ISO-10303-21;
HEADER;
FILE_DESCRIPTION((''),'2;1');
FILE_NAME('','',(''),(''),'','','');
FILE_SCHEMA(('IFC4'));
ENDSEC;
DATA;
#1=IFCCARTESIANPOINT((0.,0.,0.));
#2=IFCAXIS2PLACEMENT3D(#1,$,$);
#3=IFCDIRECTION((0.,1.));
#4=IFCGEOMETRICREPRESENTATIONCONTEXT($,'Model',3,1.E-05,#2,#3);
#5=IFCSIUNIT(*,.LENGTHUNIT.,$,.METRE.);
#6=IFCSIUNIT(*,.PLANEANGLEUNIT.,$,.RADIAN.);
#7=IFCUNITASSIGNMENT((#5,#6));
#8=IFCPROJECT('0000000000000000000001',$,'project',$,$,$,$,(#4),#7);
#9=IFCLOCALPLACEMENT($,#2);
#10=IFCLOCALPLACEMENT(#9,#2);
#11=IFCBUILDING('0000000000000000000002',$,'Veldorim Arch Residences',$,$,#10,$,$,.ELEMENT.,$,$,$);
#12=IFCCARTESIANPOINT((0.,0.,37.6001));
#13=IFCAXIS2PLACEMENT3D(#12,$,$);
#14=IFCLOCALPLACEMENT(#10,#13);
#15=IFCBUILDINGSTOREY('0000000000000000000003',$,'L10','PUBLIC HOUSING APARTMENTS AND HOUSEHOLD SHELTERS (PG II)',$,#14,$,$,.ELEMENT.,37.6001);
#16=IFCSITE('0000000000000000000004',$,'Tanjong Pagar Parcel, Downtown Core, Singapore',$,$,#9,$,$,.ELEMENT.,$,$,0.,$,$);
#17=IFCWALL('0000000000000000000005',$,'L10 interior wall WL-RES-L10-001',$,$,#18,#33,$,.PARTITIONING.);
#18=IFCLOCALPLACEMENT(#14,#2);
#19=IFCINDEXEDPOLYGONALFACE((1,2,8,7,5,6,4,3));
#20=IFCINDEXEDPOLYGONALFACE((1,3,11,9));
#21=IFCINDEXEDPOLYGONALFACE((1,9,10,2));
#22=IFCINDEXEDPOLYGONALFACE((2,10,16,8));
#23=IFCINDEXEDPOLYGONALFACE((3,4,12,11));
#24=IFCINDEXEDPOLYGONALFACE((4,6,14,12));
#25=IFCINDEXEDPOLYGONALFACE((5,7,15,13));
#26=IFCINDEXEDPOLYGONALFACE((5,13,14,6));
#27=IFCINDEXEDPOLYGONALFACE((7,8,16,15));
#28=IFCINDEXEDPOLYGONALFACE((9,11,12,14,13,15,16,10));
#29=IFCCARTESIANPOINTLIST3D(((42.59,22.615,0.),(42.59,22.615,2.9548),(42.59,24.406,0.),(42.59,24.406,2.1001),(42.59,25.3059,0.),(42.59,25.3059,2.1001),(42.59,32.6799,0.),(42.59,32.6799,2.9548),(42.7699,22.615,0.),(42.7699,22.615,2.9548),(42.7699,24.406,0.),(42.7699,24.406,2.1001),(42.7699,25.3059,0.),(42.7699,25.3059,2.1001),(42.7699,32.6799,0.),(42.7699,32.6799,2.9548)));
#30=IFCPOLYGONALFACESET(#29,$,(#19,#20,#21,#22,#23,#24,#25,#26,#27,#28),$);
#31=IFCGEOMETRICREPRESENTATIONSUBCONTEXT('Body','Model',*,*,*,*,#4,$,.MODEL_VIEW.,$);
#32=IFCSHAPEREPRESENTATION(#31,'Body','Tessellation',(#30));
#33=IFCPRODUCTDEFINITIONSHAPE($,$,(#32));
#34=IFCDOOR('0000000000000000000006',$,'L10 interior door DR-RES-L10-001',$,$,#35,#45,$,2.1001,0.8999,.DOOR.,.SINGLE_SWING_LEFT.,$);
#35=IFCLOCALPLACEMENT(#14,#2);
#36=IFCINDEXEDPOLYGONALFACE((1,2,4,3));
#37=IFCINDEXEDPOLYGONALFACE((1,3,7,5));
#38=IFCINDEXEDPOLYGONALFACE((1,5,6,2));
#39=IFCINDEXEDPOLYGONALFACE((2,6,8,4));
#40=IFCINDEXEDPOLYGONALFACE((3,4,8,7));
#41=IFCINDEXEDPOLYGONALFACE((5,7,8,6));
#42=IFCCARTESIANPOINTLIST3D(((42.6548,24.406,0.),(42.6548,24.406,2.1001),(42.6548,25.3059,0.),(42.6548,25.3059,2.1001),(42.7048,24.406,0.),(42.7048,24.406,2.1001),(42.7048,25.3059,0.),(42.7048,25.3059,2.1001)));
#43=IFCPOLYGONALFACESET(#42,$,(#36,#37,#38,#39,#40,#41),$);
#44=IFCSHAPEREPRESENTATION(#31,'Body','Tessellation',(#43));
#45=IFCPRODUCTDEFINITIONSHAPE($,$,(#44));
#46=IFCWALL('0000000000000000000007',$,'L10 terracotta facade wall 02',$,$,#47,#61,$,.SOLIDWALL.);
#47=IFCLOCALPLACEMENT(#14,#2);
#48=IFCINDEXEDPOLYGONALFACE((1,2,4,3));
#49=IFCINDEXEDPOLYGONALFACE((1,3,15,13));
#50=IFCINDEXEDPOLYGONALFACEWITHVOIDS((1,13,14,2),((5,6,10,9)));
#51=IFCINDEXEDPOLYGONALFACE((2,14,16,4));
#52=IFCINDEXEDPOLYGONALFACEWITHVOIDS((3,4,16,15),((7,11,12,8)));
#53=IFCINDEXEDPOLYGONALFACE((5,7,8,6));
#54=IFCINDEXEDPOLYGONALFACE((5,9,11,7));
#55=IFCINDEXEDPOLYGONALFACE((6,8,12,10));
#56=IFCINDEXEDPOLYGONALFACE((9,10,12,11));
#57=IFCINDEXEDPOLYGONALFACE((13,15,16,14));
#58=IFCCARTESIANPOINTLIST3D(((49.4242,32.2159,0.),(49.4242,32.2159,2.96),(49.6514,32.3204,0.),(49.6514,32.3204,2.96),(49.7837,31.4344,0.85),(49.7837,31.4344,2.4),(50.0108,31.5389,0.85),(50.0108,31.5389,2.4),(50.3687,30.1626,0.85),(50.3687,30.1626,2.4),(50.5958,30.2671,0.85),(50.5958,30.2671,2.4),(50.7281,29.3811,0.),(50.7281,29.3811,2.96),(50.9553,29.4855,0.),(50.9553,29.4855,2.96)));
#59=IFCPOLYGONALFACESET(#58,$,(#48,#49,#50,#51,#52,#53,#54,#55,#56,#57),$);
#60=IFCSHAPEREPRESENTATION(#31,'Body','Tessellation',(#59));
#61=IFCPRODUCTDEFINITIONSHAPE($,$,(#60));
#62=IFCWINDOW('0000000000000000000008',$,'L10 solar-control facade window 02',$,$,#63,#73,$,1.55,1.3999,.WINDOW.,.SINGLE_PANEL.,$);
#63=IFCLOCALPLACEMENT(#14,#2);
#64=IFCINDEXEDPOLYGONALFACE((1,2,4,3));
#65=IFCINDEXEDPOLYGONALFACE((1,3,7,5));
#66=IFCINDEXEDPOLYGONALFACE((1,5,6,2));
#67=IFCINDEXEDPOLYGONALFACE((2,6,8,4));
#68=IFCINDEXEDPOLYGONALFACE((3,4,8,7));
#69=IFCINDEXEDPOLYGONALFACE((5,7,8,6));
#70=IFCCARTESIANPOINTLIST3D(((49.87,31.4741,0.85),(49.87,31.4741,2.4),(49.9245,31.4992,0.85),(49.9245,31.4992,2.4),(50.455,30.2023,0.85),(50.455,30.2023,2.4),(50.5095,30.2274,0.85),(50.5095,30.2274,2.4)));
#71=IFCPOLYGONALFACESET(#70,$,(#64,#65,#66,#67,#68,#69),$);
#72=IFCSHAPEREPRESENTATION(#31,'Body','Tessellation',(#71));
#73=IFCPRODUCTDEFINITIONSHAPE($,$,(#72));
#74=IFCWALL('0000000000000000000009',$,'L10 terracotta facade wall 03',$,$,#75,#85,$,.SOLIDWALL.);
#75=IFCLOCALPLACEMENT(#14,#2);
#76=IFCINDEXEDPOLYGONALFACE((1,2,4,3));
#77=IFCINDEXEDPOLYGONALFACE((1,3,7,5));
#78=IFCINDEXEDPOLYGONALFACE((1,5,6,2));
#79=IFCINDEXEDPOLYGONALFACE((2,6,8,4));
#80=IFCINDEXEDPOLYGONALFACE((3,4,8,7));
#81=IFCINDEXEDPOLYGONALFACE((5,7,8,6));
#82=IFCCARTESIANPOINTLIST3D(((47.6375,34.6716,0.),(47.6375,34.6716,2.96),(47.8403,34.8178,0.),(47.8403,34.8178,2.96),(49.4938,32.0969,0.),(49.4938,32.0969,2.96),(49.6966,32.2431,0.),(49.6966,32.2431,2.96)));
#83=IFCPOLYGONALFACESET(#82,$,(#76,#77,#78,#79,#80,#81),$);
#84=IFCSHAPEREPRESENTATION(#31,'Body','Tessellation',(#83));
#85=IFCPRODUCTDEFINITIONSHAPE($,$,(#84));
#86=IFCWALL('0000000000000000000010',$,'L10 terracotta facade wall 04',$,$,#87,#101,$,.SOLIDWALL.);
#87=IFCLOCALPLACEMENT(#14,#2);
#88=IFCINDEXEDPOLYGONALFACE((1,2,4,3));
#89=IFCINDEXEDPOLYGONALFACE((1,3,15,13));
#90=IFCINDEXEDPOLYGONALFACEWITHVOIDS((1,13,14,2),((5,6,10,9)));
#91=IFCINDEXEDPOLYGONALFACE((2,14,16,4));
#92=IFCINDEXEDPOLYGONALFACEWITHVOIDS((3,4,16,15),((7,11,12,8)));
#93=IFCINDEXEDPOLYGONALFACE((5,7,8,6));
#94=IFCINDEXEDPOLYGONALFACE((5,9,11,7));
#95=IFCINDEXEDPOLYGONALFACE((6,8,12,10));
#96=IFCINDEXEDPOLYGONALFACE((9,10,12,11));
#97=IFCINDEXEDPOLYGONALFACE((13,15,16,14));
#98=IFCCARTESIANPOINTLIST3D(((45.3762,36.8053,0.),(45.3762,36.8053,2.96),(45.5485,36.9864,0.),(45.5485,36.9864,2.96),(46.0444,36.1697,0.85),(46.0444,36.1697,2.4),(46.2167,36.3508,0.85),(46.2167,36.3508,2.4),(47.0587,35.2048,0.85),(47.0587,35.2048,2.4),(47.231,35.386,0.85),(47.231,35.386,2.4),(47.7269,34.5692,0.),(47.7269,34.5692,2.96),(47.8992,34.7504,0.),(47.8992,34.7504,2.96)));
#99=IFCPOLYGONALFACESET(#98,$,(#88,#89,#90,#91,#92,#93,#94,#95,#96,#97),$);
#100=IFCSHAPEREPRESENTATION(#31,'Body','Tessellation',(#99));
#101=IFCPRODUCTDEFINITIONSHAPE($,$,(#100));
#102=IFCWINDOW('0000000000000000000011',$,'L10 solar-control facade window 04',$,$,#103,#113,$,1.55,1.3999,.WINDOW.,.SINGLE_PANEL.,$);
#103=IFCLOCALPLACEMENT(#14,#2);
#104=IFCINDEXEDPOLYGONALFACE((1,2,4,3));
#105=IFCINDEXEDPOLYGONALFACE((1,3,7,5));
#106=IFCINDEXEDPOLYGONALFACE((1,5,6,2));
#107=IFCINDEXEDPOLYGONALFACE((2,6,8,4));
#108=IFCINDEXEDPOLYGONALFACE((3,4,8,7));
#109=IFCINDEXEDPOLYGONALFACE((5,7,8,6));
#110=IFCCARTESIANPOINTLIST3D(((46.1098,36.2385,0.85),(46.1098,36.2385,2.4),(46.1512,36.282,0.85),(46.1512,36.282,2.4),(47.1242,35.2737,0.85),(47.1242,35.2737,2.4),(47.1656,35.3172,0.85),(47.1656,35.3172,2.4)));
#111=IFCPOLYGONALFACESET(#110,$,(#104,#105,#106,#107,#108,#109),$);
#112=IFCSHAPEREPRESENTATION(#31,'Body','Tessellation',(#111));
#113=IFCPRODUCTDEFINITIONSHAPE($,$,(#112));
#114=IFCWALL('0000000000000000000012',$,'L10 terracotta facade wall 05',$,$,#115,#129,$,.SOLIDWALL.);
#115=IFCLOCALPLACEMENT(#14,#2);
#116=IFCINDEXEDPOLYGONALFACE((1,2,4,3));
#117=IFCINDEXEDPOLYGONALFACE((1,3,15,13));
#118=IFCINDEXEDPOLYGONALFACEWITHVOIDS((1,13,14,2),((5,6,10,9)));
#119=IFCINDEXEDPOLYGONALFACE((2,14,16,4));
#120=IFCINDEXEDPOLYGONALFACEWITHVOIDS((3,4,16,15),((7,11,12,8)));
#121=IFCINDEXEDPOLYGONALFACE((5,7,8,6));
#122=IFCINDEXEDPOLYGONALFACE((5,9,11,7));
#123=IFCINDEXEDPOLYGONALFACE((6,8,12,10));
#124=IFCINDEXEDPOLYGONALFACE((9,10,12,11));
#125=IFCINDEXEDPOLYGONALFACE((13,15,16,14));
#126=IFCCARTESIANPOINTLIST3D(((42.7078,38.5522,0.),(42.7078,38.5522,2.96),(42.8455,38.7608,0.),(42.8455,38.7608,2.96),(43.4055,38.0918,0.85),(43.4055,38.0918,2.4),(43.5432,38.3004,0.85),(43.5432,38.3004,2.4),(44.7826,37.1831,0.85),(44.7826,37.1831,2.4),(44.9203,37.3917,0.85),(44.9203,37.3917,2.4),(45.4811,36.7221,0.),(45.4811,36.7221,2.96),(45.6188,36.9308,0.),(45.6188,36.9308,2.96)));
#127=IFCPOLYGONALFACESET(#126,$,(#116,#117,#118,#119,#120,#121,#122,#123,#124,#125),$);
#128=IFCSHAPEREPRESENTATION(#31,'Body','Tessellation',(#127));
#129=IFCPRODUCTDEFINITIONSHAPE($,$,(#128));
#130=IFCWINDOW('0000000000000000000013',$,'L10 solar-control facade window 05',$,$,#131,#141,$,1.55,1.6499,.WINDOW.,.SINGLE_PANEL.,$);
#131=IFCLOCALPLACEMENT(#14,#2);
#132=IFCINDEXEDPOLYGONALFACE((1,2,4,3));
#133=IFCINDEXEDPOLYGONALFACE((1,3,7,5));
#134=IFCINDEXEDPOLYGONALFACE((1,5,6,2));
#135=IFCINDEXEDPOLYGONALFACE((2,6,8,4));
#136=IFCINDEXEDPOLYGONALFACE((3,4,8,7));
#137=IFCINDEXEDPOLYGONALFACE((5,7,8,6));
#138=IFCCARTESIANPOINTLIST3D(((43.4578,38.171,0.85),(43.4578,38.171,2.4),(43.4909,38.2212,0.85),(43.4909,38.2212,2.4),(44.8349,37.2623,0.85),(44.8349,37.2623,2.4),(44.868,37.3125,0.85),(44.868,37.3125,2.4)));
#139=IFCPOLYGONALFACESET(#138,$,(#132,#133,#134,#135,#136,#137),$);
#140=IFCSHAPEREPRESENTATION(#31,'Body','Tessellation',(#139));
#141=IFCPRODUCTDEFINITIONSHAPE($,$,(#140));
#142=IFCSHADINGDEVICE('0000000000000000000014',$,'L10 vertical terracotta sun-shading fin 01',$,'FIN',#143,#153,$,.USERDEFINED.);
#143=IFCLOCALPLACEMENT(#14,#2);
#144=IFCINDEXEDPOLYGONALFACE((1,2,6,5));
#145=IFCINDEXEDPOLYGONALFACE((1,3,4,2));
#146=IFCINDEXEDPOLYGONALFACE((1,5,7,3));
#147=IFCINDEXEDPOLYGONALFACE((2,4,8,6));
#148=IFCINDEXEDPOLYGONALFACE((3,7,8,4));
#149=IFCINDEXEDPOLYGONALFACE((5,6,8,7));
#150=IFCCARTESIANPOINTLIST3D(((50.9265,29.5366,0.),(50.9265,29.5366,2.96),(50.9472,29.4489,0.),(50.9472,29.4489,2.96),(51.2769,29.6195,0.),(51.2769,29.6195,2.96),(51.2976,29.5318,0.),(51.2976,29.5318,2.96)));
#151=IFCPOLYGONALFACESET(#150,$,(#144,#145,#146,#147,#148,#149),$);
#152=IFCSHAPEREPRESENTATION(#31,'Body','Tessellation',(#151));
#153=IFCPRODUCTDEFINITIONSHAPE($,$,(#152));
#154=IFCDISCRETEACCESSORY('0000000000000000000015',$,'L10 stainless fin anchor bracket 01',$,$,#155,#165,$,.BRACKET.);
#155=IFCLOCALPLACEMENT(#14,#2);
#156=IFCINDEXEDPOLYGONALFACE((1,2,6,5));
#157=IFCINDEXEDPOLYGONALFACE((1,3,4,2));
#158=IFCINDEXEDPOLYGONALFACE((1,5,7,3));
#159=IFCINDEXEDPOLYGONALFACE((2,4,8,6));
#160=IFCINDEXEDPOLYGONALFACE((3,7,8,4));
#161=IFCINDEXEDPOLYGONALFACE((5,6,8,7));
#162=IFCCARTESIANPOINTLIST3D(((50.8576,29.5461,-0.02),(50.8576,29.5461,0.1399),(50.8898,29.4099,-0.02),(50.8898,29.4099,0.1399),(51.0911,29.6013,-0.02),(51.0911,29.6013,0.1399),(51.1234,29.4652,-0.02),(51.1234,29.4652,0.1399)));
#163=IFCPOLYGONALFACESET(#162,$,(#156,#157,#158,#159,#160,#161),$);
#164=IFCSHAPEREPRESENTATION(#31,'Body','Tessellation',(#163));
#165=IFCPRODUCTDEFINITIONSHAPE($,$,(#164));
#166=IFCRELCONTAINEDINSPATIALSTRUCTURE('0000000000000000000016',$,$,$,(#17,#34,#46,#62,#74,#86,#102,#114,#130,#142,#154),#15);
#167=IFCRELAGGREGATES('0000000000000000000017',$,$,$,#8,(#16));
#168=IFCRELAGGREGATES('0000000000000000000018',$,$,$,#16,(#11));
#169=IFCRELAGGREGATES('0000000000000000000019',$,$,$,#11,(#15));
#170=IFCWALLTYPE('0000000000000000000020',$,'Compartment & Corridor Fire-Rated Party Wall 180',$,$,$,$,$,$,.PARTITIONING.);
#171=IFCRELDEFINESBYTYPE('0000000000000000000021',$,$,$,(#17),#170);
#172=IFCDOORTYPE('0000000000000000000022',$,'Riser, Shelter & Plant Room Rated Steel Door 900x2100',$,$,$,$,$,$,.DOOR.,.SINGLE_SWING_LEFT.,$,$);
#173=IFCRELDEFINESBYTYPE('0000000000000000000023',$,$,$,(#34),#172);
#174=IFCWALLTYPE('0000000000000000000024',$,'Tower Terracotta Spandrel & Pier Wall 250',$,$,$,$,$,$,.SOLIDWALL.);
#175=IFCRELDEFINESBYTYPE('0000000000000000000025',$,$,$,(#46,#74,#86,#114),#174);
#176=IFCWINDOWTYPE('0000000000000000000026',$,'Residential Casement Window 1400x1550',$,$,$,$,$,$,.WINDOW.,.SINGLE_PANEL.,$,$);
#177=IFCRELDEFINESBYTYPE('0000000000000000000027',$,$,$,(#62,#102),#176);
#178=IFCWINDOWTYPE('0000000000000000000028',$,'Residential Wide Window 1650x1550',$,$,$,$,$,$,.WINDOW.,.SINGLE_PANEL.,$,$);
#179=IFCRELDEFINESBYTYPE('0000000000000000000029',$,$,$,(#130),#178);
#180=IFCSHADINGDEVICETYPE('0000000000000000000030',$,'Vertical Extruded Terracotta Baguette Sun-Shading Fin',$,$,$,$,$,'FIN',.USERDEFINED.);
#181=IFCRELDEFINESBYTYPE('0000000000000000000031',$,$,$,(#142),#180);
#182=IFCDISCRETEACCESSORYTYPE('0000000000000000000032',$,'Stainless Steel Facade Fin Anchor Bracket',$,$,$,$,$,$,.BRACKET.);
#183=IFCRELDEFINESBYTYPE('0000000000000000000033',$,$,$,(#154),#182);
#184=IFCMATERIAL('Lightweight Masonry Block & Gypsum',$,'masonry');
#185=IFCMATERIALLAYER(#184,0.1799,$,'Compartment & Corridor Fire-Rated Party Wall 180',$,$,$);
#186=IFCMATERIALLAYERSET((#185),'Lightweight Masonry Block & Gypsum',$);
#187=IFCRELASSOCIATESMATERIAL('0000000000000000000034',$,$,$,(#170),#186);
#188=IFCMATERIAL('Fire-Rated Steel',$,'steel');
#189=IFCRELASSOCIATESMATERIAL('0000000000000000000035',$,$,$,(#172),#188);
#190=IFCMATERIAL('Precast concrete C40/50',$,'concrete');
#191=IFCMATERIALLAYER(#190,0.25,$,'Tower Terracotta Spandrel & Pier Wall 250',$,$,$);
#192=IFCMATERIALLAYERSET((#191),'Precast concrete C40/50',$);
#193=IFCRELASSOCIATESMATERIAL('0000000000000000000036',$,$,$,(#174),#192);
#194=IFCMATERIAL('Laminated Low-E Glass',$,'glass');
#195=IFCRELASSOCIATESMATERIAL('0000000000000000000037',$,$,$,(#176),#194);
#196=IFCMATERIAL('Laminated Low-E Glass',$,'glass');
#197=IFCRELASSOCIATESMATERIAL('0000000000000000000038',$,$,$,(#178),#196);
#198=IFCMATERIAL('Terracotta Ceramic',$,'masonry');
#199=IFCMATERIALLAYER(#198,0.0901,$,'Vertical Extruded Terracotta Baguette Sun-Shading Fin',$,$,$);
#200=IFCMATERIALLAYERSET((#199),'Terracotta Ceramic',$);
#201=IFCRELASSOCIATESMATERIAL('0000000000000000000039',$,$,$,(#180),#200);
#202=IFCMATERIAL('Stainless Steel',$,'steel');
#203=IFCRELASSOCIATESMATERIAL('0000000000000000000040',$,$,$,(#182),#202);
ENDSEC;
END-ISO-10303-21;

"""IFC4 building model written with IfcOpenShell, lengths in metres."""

from ifc_helpers import new_model, si_unit, direction, frame, frame_2d, origin, origin_2d, place, context, subcontext, project, spatial, rectangle, extrude, material, layer, layer_set, type_object, element, fill, save


model = new_model("IFC4")

# Units and contexts
model_context = context("Model", 3, precision=1e-05, world=origin(), true_north=direction((0.0, 1.0)))
body_context = subcontext(model_context, "Body", "Model", "MODEL_VIEW")
ifc_project = project(units=[si_unit("LENGTHUNIT", "METRE"), si_unit("PLANEANGLEUNIT", "RADIAN")], contexts=[model_context])

# Site, building, storey
site_placement = place(None, origin())
site = spatial("IfcSite", under=ifc_project, at=site_placement, Name="Tanjong Pagar Parcel, Downtown Core, Singapore", CompositionType="ELEMENT", RefElevation=0.0)
building_placement = place(site_placement, origin())
building = spatial("IfcBuilding", under=site, at=building_placement, Name="Veldorim Arch Residences", CompositionType="ELEMENT")
storey_placement = place(building_placement, frame((0.0, 0.0, 37.6001)))
storey = spatial("IfcBuildingStorey", under=building, at=storey_placement, Name="L10", Description="PUBLIC HOUSING APARTMENTS AND HOUSEHOLD SHELTERS (PG II)", CompositionType="ELEMENT", Elevation=37.6001)

# Shared definitions
ifc_material_1 = material(Name="Lightweight Masonry Block & Gypsum", Category="masonry")
ifc_layer_1 = layer(ifc_material_1, 0.1799, Name="Compartment & Corridor Fire-Rated Party Wall 180")
ifc_layer_set_1 = layer_set([ifc_layer_1], Name="Lightweight Masonry Block & Gypsum")
wall_type_1 = type_object("IfcWallType", Name="Compartment & Corridor Fire-Rated Party Wall 180", PredefinedType="PARTITIONING", material=ifc_layer_set_1)

# Wall, opening, door
wall_1_placement = place(storey_placement, frame((42.6799, 32.6799, 0.0), z_axis=(0.0, 0.0, 1.0), x_axis=(0.0, -1.0, 0.0)))
wall_1 = element("IfcWall", 1, at=wall_1_placement, inside=storey, type_object=wall_type_1, Name="L10 interior wall WL-RES-L10-001", PredefinedType="PARTITIONING", context=body_context, shape_type="SweptSolid", body=[
    extrude(rectangle(XDim=10.0649, YDim=0.1799, at=frame_2d((5.0325, 0.0))), origin(), (0.0, 0.0, 1.0), 2.9548),
])
opening_1_placement = place(wall_1_placement, frame((7.374, 0.0, 0.0)))
opening_1 = element("IfcOpeningElement", 2, at=opening_1_placement, cuts=wall_1, PredefinedType="OPENING", context=body_context, shape_type="SweptSolid", body=[
    extrude(rectangle(XDim=0.8999, YDim=2.1001, at=frame_2d((0.45, 1.05))), frame((0.0, 0.0999, 0.0), z_axis=(0.0, -1.0, 0.0), x_axis=(1.0, 0.0, 0.0)), (0.0, 0.0, 1.0), 0.2),
])
ifc_material_2 = material(Name="Fire-Rated Steel", Category="steel")
door_type_1 = type_object("IfcDoorType", Name="Riser, Shelter & Plant Room Rated Steel Door 900x2100", OperationType="SINGLE_SWING_LEFT", PredefinedType="DOOR", material=ifc_material_2)
door_1_placement = place(opening_1_placement, origin())
door_1 = element("IfcDoor", 3, at=door_1_placement, inside=storey, type_object=door_type_1, Name="L10 interior door DR-RES-L10-001", OperationType="SINGLE_SWING_LEFT", OverallHeight=2.1001, OverallWidth=0.8999, PredefinedType="DOOR", context=body_context, shape_type="SweptSolid", body=[
    extrude(rectangle(XDim=0.8999, YDim=2.1001, at=frame_2d((0.45, 1.05))), frame((0.0, 0.0249, 0.0), z_axis=(0.0, -1.0, 0.0), x_axis=(1.0, 0.0, 0.0)), (0.0, 0.0, 1.0), 0.05),
])
fill(opening_1, door_1)

# Wall, opening, window
ifc_material_3 = material(Name="Precast concrete C40/50", Category="concrete")
ifc_layer_2 = layer(ifc_material_3, 0.25, Name="Tower Terracotta Spandrel & Pier Wall 250")
ifc_layer_set_2 = layer_set([ifc_layer_2], Name="Precast concrete C40/50")
wall_type_2 = type_object("IfcWallType", Name="Tower Terracotta Spandrel & Pier Wall 250", PredefinedType="SOLIDWALL", material=ifc_layer_set_2)
wall_2_placement = place(storey_placement, frame((49.5378, 32.2681, 0.0), z_axis=(0.0, 0.0, 1.0), x_axis=(0.417872, -0.908506, 0.0)))
wall_2 = element("IfcWall", 4, at=wall_2_placement, inside=storey, type_object=wall_type_2, Name="L10 terracotta facade wall 02", PredefinedType="SOLIDWALL", context=body_context, shape_type="SweptSolid", body=[
    extrude(rectangle(XDim=3.1204, YDim=0.25, at=frame_2d((1.5601, 0.0))), origin(), (0.0, 0.0, 1.0), 2.96),
])
opening_2_placement = place(wall_2_placement, frame((0.8601, 0.0, 0.8501)))
opening_2 = element("IfcOpeningElement", 5, at=opening_2_placement, cuts=wall_2, PredefinedType="OPENING", context=body_context, shape_type="SweptSolid", body=[
    extrude(rectangle(XDim=1.3999, YDim=1.55, at=frame_2d((0.7, 0.7749))), frame((0.0, 0.135, 0.0), z_axis=(0.0, -1.0, 0.0), x_axis=(1.0, 0.0, 0.0)), (0.0, 0.0, 1.0), 0.27),
])
ifc_material_4 = material(Name="Laminated Low-E Glass", Category="glass")
window_type_1 = type_object("IfcWindowType", Name="Residential Casement Window 1400x1550", PartitioningType="SINGLE_PANEL", PredefinedType="WINDOW", material=ifc_material_4)
window_1_placement = place(opening_2_placement, origin())
window_1 = element("IfcWindow", 6, at=window_1_placement, inside=storey, type_object=window_type_1, Name="L10 solar-control facade window 02", OverallHeight=1.55, OverallWidth=1.3999, PartitioningType="SINGLE_PANEL", PredefinedType="WINDOW", context=body_context, shape_type="SweptSolid", body=[
    extrude(rectangle(XDim=1.3999, YDim=1.55, at=frame_2d((0.7, 0.7749))), frame((0.0, 0.03, 0.0), z_axis=(0.0, -1.0, 0.0), x_axis=(1.0, 0.0, 0.0)), (0.0, 0.0, 1.0), 0.0601),
])
fill(opening_2, window_1)

# Wall
wall_3_placement = place(storey_placement, frame((47.739, 34.7446, 0.0), z_axis=(0.0, 0.0, 1.0), x_axis=(0.584805, -0.811174, 0.0)))
element("IfcWall", 7, at=wall_3_placement, inside=storey, type_object=wall_type_2, Name="L10 terracotta facade wall 03", PredefinedType="SOLIDWALL", context=body_context, shape_type="SweptSolid", body=[
    extrude(rectangle(XDim=3.1741, YDim=0.25, at=frame_2d((1.5869, 0.0))), origin(), (0.0, 0.0, 1.0), 2.96),
])

# Walls, openings, windows
wall_4_placement = place(storey_placement, frame((45.4624, 36.8958, 0.0), z_axis=(0.0, 0.0, 1.0), x_axis=(0.724569, -0.689202, 0.0)))
wall_4 = element("IfcWall", 8, at=wall_4_placement, inside=storey, type_object=wall_type_2, Name="L10 terracotta facade wall 04", PredefinedType="SOLIDWALL", context=body_context, shape_type="SweptSolid", body=[
    extrude(rectangle(XDim=3.2444, YDim=0.25, at=frame_2d((1.6221, 0.0))), origin(), (0.0, 0.0, 1.0), 2.96),
])
opening_3_placement = place(wall_4_placement, frame((0.9221, 0.0, 0.8501)))
opening_3 = element("IfcOpeningElement", 9, at=opening_3_placement, cuts=wall_4, PredefinedType="OPENING", context=body_context, shape_type="SweptSolid", body=[
    extrude(rectangle(XDim=1.3999, YDim=1.55, at=frame_2d((0.7, 0.7749))), frame((0.0, 0.135, 0.0), z_axis=(0.0, -1.0, 0.0), x_axis=(1.0, 0.0, 0.0)), (0.0, 0.0, 1.0), 0.27),
])
window_2_placement = place(opening_3_placement, origin())
window_2 = element("IfcWindow", 10, at=window_2_placement, inside=storey, type_object=window_type_1, Name="L10 solar-control facade window 04", OverallHeight=1.55, OverallWidth=1.3999, PartitioningType="SINGLE_PANEL", PredefinedType="WINDOW", context=body_context, shape_type="SweptSolid", body=[
    extrude(rectangle(XDim=1.3999, YDim=1.55, at=frame_2d((0.7, 0.7749))), frame((0.0, 0.03, 0.0), z_axis=(0.0, -1.0, 0.0), x_axis=(1.0, 0.0, 0.0)), (0.0, 0.0, 1.0), 0.0601),
])
fill(opening_3, window_2)
wall_5_placement = place(storey_placement, frame((42.7766, 38.6565, 0.0), z_axis=(0.0, 0.0, 1.0), x_axis=(0.834663, -0.55076, 0.0)))
wall_5 = element("IfcWall", 11, at=wall_5_placement, inside=storey, type_object=wall_type_2, Name="L10 terracotta facade wall 05", PredefinedType="SOLIDWALL", context=body_context, shape_type="SweptSolid", body=[
    extrude(rectangle(XDim=3.3228, YDim=0.25, at=frame_2d((1.6614, 0.0))), origin(), (0.0, 0.0, 1.0), 2.96),
])
opening_4_placement = place(wall_5_placement, frame((0.8359, 0.0, 0.8501)))
opening_4 = element("IfcOpeningElement", 12, at=opening_4_placement, cuts=wall_5, PredefinedType="OPENING", context=body_context, shape_type="SweptSolid", body=[
    extrude(rectangle(XDim=1.6499, YDim=1.55, at=frame_2d((0.825, 0.7749))), frame((0.0, 0.135, 0.0), z_axis=(0.0, -1.0, 0.0), x_axis=(1.0, 0.0, 0.0)), (0.0, 0.0, 1.0), 0.27),
])
ifc_material_5 = material(Name="Laminated Low-E Glass", Category="glass")
window_type_2 = type_object("IfcWindowType", Name="Residential Wide Window 1650x1550", PartitioningType="SINGLE_PANEL", PredefinedType="WINDOW", material=ifc_material_5)
window_3_placement = place(opening_4_placement, origin())
window_3 = element("IfcWindow", 13, at=window_3_placement, inside=storey, type_object=window_type_2, Name="L10 solar-control facade window 05", OverallHeight=1.55, OverallWidth=1.6499, PartitioningType="SINGLE_PANEL", PredefinedType="WINDOW", context=body_context, shape_type="SweptSolid", body=[
    extrude(rectangle(XDim=1.6499, YDim=1.55, at=frame_2d((0.825, 0.7749))), frame((0.0, 0.03, 0.0), z_axis=(0.0, -1.0, 0.0), x_axis=(1.0, 0.0, 0.0)), (0.0, 0.0, 1.0), 0.0601),
])
fill(opening_4, window_3)

# Shading device
ifc_material_6 = material(Name="Terracotta Ceramic", Category="masonry")
ifc_layer_3 = layer(ifc_material_6, 0.0901, Name="Vertical Extruded Terracotta Baguette Sun-Shading Fin")
ifc_layer_set_3 = layer_set([ifc_layer_3], Name="Terracotta Ceramic")
shading_device_type = type_object("IfcShadingDeviceType", Name="Vertical Extruded Terracotta Baguette Sun-Shading Fin", ElementType="FIN", PredefinedType="USERDEFINED", material=ifc_layer_set_3)
shading_device_placement = place(storey_placement, frame((51.1121, 29.5342, 0.0), z_axis=(0.0, 0.0, 1.0), x_axis=(0.23022, -0.973139, 0.0)))
element("IfcShadingDevice", 14, at=shading_device_placement, inside=storey, type_object=shading_device_type, Name="L10 vertical terracotta sun-shading fin 01", ObjectType="FIN", PredefinedType="USERDEFINED", context=body_context, shape_type="SweptSolid", body=[
    extrude(rectangle(XDim=0.0901, YDim=0.3601, at=origin_2d()), origin(), (0.0, 0.0, 1.0), 2.96),
])

# Discrete accessory
ifc_material_7 = material(Name="Stainless Steel", Category="steel")
discrete_accessory_type = type_object("IfcDiscreteAccessoryType", Name="Stainless Steel Facade Fin Anchor Bracket", PredefinedType="BRACKET", material=ifc_material_7)
discrete_accessory_placement = place(storey_placement, frame((50.9905, 29.5056, -0.02), z_axis=(0.0, 0.0, 1.0), x_axis=(0.23022, -0.973139, 0.0)))
element("IfcDiscreteAccessory", 15, at=discrete_accessory_placement, inside=storey, type_object=discrete_accessory_type, Name="L10 stainless fin anchor bracket 01", PredefinedType="BRACKET", context=body_context, shape_type="SweptSolid", body=[
    extrude(rectangle(XDim=0.1399, YDim=0.24, at=origin_2d()), origin(), (0.0, 0.0, 1.0), 0.1599),
])

save(model, "model.ifc")
